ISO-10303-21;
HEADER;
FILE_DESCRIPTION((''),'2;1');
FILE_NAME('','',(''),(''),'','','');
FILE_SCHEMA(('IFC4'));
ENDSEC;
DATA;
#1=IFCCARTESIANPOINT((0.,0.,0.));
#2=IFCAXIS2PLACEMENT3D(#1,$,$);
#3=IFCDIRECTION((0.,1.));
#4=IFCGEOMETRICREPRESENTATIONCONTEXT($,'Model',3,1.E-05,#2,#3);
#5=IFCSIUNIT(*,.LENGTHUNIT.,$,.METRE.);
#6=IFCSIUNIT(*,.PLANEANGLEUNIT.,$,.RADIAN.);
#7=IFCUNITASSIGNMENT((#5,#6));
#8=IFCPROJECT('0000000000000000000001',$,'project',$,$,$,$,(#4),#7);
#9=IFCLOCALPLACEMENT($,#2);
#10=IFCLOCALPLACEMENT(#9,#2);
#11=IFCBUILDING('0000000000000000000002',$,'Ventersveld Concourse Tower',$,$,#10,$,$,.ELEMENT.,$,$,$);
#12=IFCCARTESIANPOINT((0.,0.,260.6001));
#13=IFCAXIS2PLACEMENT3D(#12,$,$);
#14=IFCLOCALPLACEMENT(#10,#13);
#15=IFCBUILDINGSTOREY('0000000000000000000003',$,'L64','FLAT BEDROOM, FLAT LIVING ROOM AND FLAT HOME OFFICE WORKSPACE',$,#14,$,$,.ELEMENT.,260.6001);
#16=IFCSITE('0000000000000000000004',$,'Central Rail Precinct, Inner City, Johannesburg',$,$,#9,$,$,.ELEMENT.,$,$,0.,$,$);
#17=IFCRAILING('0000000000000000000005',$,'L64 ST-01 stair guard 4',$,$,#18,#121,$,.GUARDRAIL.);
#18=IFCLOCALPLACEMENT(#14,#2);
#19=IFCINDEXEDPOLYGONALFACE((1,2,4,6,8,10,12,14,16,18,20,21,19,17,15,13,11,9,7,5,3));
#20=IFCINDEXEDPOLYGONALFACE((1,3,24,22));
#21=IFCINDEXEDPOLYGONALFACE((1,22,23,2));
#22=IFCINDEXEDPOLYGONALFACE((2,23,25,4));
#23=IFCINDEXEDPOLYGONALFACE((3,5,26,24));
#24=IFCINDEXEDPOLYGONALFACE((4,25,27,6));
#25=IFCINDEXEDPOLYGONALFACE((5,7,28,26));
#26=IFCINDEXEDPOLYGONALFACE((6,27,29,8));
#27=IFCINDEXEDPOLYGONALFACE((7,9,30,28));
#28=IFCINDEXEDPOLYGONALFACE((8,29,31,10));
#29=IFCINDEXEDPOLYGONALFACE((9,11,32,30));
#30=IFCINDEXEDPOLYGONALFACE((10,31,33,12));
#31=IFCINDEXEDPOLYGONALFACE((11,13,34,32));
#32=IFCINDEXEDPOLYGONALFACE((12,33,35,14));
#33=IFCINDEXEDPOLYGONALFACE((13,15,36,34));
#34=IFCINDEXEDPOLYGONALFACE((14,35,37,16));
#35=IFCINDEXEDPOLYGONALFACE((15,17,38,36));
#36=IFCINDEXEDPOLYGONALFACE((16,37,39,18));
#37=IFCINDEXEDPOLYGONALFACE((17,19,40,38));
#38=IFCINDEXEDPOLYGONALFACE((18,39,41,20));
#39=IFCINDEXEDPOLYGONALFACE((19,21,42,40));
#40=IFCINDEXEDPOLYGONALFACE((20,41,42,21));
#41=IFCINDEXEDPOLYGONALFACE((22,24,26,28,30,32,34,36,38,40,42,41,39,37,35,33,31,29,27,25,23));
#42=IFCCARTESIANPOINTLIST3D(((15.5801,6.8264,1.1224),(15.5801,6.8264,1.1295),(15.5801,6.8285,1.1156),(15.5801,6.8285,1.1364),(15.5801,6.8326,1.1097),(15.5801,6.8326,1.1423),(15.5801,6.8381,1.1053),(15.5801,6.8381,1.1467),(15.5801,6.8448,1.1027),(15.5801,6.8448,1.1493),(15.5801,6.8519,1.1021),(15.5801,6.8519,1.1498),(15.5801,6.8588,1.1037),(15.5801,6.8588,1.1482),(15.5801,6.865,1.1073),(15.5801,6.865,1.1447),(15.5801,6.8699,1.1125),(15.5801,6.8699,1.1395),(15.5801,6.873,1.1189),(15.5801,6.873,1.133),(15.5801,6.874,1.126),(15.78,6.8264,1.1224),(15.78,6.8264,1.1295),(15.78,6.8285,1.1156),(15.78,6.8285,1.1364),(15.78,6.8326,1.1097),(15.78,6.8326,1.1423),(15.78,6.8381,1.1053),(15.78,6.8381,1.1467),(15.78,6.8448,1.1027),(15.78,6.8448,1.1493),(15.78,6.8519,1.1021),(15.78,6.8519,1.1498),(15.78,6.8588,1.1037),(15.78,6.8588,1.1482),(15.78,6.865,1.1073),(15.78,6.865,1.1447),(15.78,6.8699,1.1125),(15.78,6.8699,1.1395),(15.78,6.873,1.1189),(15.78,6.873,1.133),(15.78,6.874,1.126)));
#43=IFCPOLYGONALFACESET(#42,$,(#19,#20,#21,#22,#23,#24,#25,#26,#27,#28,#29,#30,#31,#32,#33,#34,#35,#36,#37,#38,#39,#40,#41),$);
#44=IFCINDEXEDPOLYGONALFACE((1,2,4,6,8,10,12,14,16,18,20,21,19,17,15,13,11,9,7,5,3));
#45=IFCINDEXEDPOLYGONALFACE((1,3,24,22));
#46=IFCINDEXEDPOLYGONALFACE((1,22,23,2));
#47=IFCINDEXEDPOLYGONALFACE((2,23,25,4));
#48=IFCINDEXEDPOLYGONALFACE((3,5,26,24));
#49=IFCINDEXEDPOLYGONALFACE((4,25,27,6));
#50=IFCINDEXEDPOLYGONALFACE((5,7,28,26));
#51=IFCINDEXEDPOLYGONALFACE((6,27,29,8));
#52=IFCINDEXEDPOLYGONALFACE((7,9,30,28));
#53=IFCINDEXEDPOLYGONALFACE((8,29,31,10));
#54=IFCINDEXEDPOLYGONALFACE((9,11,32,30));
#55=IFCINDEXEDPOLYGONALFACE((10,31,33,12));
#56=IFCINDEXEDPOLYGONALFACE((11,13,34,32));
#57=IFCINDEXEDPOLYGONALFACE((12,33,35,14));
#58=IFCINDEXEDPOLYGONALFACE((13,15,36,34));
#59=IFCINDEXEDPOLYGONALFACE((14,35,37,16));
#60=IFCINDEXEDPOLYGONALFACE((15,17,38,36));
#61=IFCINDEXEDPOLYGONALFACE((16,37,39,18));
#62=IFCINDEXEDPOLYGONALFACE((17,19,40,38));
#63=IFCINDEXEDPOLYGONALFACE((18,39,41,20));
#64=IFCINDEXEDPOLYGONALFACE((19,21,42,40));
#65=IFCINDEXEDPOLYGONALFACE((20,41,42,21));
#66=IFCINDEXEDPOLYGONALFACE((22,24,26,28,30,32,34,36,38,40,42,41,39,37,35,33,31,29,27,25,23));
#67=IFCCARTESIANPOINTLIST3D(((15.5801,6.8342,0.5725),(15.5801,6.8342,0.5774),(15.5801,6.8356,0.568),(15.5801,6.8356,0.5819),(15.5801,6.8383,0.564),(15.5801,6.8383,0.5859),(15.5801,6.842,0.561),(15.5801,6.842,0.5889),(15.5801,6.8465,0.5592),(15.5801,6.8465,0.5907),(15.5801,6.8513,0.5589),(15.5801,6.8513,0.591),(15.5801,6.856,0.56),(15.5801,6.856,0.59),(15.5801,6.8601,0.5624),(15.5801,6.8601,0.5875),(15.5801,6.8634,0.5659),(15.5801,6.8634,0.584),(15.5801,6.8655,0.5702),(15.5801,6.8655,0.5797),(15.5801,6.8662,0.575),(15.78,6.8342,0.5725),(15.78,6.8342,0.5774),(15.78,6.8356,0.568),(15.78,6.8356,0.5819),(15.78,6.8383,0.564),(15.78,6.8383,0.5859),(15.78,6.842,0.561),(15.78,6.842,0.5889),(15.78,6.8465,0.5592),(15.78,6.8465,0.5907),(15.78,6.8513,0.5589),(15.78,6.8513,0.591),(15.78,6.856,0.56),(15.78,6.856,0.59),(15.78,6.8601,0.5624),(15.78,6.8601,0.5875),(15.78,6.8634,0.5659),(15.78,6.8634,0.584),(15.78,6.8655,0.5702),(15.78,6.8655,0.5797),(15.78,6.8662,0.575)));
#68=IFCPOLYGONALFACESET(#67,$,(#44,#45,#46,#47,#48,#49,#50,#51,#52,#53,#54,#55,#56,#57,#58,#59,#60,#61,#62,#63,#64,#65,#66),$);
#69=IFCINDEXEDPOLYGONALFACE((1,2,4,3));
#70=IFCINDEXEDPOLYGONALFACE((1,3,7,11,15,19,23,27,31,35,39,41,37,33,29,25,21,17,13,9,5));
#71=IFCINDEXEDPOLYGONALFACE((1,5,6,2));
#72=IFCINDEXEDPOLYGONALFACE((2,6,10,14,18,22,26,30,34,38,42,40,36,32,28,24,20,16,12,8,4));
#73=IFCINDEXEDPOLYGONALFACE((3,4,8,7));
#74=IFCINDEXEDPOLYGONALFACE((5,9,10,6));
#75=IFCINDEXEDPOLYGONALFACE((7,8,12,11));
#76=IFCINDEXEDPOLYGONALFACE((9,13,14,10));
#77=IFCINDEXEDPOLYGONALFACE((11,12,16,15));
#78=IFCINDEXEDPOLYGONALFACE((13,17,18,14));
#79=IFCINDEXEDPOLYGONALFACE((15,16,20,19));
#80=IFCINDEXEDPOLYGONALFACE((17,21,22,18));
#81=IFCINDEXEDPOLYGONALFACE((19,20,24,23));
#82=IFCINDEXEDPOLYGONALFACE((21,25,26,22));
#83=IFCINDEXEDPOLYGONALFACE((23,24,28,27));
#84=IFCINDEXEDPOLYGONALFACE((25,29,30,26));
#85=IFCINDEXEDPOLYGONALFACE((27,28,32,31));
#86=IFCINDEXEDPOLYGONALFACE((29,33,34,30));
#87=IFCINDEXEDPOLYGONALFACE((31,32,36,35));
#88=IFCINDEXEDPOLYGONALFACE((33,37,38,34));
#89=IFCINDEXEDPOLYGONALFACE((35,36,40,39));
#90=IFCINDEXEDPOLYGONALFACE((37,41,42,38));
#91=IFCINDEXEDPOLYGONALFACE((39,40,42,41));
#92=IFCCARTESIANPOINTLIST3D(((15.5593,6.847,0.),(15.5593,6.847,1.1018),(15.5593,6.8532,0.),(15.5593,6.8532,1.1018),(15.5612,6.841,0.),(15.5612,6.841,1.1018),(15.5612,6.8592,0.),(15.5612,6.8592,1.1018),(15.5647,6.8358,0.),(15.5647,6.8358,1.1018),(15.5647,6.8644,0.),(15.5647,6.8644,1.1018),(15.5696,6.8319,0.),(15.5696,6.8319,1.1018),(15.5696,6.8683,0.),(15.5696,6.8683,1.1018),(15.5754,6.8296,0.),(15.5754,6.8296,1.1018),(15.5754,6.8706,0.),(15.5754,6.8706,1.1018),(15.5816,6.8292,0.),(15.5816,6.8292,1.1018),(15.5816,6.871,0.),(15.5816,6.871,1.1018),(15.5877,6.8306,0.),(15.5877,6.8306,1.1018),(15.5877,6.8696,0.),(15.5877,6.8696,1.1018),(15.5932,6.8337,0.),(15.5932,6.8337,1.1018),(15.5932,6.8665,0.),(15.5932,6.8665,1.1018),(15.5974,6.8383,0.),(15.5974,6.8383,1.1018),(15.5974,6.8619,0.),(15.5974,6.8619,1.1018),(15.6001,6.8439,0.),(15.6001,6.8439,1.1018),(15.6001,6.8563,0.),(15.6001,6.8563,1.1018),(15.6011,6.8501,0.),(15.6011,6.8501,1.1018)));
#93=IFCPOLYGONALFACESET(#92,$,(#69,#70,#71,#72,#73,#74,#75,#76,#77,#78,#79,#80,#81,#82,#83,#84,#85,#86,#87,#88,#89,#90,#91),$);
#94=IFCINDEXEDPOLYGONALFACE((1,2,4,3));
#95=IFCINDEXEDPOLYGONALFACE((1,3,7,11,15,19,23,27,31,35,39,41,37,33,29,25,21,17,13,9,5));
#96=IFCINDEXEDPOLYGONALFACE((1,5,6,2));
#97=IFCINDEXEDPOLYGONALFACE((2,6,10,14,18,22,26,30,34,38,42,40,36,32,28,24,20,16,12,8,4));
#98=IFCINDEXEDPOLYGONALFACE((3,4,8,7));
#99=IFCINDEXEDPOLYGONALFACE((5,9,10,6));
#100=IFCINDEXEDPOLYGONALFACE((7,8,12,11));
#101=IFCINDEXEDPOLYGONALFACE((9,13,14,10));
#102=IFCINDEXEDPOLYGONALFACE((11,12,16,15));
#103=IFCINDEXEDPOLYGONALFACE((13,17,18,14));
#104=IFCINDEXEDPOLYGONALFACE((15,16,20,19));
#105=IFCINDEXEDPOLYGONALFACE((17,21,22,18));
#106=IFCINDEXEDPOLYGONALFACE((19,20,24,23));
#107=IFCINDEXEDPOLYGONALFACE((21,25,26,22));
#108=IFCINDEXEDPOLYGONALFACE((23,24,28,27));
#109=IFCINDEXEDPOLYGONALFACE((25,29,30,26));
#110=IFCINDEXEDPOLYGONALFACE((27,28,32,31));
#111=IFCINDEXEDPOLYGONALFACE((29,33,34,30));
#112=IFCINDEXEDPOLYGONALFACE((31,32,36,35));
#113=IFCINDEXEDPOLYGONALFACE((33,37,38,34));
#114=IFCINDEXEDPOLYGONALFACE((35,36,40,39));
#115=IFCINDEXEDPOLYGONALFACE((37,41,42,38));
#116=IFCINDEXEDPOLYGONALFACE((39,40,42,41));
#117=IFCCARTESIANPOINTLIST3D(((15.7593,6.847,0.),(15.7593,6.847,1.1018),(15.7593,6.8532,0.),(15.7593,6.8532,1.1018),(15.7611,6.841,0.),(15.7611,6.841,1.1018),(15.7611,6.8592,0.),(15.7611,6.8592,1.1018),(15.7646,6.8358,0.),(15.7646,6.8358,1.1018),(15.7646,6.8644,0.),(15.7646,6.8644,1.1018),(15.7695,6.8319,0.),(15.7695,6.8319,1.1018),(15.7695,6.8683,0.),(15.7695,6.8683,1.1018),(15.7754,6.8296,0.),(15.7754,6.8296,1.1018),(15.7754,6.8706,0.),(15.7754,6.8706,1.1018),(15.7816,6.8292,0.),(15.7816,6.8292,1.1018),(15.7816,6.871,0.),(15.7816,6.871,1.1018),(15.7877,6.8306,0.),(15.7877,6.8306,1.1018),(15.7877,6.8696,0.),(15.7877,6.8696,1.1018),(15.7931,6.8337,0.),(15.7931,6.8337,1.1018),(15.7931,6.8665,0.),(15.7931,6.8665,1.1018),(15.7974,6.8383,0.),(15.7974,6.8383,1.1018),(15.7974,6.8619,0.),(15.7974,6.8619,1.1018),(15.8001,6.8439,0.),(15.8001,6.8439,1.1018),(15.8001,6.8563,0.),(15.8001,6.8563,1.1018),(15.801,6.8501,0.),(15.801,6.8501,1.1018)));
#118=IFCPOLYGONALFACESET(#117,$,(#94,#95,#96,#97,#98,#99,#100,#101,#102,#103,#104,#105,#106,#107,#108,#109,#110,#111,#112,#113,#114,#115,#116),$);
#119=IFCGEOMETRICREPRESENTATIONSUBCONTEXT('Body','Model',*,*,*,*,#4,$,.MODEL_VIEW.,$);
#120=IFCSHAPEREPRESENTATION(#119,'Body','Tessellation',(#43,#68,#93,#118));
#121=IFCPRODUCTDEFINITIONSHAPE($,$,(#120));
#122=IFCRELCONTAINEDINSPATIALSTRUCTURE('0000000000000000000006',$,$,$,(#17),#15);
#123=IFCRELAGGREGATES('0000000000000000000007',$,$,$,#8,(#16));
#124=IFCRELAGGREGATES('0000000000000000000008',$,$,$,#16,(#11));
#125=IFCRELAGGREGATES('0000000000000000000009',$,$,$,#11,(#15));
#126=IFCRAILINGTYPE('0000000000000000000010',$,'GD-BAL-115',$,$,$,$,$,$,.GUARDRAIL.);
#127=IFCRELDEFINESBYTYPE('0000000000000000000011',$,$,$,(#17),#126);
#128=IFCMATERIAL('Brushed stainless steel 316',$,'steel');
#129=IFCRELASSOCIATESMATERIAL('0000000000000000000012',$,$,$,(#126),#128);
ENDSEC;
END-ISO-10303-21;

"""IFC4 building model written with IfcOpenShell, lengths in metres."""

from ifc_helpers import new_model, si_unit, direction, frame, origin, origin_2d, place, context, subcontext, project, spatial, circle, extrude, material, type_object, element, save


model = new_model("IFC4")

# Units and contexts
model_context = context("Model", 3, precision=1e-05, world=origin(), true_north=direction((0.0, 1.0)))
body_context = subcontext(model_context, "Body", "Model", "MODEL_VIEW")
ifc_project = project(units=[si_unit("LENGTHUNIT", "METRE"), si_unit("PLANEANGLEUNIT", "RADIAN")], contexts=[model_context])

# Site, building, storey
site_placement = place(None, origin())
site = spatial("IfcSite", under=ifc_project, at=site_placement, Name="Central Rail Precinct, Inner City, Johannesburg", CompositionType="ELEMENT", RefElevation=0.0)
building_placement = place(site_placement, origin())
building = spatial("IfcBuilding", under=site, at=building_placement, Name="Ventersveld Concourse Tower", CompositionType="ELEMENT")
storey_placement = place(building_placement, frame((0.0, 0.0, 260.6001)))
storey = spatial("IfcBuildingStorey", under=building, at=storey_placement, Name="L64", Description="FLAT BEDROOM, FLAT LIVING ROOM AND FLAT HOME OFFICE WORKSPACE", CompositionType="ELEMENT", Elevation=260.6001)

# Shared definitions
ifc_material_1 = material(Name="Brushed stainless steel 316", Category="steel")

# Railing
railing_type = type_object("IfcRailingType", Name="GD-BAL-115", PredefinedType="GUARDRAIL", material=ifc_material_1)
railing_1_placement = place(storey_placement, frame((15.5801, 6.8501, 0.0)))
element("IfcRailing", 1, at=railing_1_placement, inside=storey, type_object=railing_type, Name="L64 ST-01 stair guard 4", PredefinedType="GUARDRAIL", context=body_context, shape_type="SweptSolid", body=[
    extrude(circle(Radius=0.0239, at=origin_2d()), frame((0.0, 0.0, 1.126), z_axis=(1.0, 0.0, 0.0), x_axis=(0.0, 1.0, 0.0)), (0.0, 0.0, 1.0), 0.2),
    extrude(circle(Radius=0.0161, at=origin_2d()), frame((0.0, 0.0, 0.575), z_axis=(1.0, 0.0, 0.0), x_axis=(0.0, 1.0, 0.0)), (0.0, 0.0, 1.0), 0.2),
    extrude(circle(Radius=0.021, at=origin_2d()), origin(), (0.0, 0.0, 1.0), 1.1018),
    extrude(circle(Radius=0.021, at=origin_2d()), frame((0.2, 0.0, 0.0)), (0.0, 0.0, 1.0), 1.1018),
])

save(model, "model.ifc")
